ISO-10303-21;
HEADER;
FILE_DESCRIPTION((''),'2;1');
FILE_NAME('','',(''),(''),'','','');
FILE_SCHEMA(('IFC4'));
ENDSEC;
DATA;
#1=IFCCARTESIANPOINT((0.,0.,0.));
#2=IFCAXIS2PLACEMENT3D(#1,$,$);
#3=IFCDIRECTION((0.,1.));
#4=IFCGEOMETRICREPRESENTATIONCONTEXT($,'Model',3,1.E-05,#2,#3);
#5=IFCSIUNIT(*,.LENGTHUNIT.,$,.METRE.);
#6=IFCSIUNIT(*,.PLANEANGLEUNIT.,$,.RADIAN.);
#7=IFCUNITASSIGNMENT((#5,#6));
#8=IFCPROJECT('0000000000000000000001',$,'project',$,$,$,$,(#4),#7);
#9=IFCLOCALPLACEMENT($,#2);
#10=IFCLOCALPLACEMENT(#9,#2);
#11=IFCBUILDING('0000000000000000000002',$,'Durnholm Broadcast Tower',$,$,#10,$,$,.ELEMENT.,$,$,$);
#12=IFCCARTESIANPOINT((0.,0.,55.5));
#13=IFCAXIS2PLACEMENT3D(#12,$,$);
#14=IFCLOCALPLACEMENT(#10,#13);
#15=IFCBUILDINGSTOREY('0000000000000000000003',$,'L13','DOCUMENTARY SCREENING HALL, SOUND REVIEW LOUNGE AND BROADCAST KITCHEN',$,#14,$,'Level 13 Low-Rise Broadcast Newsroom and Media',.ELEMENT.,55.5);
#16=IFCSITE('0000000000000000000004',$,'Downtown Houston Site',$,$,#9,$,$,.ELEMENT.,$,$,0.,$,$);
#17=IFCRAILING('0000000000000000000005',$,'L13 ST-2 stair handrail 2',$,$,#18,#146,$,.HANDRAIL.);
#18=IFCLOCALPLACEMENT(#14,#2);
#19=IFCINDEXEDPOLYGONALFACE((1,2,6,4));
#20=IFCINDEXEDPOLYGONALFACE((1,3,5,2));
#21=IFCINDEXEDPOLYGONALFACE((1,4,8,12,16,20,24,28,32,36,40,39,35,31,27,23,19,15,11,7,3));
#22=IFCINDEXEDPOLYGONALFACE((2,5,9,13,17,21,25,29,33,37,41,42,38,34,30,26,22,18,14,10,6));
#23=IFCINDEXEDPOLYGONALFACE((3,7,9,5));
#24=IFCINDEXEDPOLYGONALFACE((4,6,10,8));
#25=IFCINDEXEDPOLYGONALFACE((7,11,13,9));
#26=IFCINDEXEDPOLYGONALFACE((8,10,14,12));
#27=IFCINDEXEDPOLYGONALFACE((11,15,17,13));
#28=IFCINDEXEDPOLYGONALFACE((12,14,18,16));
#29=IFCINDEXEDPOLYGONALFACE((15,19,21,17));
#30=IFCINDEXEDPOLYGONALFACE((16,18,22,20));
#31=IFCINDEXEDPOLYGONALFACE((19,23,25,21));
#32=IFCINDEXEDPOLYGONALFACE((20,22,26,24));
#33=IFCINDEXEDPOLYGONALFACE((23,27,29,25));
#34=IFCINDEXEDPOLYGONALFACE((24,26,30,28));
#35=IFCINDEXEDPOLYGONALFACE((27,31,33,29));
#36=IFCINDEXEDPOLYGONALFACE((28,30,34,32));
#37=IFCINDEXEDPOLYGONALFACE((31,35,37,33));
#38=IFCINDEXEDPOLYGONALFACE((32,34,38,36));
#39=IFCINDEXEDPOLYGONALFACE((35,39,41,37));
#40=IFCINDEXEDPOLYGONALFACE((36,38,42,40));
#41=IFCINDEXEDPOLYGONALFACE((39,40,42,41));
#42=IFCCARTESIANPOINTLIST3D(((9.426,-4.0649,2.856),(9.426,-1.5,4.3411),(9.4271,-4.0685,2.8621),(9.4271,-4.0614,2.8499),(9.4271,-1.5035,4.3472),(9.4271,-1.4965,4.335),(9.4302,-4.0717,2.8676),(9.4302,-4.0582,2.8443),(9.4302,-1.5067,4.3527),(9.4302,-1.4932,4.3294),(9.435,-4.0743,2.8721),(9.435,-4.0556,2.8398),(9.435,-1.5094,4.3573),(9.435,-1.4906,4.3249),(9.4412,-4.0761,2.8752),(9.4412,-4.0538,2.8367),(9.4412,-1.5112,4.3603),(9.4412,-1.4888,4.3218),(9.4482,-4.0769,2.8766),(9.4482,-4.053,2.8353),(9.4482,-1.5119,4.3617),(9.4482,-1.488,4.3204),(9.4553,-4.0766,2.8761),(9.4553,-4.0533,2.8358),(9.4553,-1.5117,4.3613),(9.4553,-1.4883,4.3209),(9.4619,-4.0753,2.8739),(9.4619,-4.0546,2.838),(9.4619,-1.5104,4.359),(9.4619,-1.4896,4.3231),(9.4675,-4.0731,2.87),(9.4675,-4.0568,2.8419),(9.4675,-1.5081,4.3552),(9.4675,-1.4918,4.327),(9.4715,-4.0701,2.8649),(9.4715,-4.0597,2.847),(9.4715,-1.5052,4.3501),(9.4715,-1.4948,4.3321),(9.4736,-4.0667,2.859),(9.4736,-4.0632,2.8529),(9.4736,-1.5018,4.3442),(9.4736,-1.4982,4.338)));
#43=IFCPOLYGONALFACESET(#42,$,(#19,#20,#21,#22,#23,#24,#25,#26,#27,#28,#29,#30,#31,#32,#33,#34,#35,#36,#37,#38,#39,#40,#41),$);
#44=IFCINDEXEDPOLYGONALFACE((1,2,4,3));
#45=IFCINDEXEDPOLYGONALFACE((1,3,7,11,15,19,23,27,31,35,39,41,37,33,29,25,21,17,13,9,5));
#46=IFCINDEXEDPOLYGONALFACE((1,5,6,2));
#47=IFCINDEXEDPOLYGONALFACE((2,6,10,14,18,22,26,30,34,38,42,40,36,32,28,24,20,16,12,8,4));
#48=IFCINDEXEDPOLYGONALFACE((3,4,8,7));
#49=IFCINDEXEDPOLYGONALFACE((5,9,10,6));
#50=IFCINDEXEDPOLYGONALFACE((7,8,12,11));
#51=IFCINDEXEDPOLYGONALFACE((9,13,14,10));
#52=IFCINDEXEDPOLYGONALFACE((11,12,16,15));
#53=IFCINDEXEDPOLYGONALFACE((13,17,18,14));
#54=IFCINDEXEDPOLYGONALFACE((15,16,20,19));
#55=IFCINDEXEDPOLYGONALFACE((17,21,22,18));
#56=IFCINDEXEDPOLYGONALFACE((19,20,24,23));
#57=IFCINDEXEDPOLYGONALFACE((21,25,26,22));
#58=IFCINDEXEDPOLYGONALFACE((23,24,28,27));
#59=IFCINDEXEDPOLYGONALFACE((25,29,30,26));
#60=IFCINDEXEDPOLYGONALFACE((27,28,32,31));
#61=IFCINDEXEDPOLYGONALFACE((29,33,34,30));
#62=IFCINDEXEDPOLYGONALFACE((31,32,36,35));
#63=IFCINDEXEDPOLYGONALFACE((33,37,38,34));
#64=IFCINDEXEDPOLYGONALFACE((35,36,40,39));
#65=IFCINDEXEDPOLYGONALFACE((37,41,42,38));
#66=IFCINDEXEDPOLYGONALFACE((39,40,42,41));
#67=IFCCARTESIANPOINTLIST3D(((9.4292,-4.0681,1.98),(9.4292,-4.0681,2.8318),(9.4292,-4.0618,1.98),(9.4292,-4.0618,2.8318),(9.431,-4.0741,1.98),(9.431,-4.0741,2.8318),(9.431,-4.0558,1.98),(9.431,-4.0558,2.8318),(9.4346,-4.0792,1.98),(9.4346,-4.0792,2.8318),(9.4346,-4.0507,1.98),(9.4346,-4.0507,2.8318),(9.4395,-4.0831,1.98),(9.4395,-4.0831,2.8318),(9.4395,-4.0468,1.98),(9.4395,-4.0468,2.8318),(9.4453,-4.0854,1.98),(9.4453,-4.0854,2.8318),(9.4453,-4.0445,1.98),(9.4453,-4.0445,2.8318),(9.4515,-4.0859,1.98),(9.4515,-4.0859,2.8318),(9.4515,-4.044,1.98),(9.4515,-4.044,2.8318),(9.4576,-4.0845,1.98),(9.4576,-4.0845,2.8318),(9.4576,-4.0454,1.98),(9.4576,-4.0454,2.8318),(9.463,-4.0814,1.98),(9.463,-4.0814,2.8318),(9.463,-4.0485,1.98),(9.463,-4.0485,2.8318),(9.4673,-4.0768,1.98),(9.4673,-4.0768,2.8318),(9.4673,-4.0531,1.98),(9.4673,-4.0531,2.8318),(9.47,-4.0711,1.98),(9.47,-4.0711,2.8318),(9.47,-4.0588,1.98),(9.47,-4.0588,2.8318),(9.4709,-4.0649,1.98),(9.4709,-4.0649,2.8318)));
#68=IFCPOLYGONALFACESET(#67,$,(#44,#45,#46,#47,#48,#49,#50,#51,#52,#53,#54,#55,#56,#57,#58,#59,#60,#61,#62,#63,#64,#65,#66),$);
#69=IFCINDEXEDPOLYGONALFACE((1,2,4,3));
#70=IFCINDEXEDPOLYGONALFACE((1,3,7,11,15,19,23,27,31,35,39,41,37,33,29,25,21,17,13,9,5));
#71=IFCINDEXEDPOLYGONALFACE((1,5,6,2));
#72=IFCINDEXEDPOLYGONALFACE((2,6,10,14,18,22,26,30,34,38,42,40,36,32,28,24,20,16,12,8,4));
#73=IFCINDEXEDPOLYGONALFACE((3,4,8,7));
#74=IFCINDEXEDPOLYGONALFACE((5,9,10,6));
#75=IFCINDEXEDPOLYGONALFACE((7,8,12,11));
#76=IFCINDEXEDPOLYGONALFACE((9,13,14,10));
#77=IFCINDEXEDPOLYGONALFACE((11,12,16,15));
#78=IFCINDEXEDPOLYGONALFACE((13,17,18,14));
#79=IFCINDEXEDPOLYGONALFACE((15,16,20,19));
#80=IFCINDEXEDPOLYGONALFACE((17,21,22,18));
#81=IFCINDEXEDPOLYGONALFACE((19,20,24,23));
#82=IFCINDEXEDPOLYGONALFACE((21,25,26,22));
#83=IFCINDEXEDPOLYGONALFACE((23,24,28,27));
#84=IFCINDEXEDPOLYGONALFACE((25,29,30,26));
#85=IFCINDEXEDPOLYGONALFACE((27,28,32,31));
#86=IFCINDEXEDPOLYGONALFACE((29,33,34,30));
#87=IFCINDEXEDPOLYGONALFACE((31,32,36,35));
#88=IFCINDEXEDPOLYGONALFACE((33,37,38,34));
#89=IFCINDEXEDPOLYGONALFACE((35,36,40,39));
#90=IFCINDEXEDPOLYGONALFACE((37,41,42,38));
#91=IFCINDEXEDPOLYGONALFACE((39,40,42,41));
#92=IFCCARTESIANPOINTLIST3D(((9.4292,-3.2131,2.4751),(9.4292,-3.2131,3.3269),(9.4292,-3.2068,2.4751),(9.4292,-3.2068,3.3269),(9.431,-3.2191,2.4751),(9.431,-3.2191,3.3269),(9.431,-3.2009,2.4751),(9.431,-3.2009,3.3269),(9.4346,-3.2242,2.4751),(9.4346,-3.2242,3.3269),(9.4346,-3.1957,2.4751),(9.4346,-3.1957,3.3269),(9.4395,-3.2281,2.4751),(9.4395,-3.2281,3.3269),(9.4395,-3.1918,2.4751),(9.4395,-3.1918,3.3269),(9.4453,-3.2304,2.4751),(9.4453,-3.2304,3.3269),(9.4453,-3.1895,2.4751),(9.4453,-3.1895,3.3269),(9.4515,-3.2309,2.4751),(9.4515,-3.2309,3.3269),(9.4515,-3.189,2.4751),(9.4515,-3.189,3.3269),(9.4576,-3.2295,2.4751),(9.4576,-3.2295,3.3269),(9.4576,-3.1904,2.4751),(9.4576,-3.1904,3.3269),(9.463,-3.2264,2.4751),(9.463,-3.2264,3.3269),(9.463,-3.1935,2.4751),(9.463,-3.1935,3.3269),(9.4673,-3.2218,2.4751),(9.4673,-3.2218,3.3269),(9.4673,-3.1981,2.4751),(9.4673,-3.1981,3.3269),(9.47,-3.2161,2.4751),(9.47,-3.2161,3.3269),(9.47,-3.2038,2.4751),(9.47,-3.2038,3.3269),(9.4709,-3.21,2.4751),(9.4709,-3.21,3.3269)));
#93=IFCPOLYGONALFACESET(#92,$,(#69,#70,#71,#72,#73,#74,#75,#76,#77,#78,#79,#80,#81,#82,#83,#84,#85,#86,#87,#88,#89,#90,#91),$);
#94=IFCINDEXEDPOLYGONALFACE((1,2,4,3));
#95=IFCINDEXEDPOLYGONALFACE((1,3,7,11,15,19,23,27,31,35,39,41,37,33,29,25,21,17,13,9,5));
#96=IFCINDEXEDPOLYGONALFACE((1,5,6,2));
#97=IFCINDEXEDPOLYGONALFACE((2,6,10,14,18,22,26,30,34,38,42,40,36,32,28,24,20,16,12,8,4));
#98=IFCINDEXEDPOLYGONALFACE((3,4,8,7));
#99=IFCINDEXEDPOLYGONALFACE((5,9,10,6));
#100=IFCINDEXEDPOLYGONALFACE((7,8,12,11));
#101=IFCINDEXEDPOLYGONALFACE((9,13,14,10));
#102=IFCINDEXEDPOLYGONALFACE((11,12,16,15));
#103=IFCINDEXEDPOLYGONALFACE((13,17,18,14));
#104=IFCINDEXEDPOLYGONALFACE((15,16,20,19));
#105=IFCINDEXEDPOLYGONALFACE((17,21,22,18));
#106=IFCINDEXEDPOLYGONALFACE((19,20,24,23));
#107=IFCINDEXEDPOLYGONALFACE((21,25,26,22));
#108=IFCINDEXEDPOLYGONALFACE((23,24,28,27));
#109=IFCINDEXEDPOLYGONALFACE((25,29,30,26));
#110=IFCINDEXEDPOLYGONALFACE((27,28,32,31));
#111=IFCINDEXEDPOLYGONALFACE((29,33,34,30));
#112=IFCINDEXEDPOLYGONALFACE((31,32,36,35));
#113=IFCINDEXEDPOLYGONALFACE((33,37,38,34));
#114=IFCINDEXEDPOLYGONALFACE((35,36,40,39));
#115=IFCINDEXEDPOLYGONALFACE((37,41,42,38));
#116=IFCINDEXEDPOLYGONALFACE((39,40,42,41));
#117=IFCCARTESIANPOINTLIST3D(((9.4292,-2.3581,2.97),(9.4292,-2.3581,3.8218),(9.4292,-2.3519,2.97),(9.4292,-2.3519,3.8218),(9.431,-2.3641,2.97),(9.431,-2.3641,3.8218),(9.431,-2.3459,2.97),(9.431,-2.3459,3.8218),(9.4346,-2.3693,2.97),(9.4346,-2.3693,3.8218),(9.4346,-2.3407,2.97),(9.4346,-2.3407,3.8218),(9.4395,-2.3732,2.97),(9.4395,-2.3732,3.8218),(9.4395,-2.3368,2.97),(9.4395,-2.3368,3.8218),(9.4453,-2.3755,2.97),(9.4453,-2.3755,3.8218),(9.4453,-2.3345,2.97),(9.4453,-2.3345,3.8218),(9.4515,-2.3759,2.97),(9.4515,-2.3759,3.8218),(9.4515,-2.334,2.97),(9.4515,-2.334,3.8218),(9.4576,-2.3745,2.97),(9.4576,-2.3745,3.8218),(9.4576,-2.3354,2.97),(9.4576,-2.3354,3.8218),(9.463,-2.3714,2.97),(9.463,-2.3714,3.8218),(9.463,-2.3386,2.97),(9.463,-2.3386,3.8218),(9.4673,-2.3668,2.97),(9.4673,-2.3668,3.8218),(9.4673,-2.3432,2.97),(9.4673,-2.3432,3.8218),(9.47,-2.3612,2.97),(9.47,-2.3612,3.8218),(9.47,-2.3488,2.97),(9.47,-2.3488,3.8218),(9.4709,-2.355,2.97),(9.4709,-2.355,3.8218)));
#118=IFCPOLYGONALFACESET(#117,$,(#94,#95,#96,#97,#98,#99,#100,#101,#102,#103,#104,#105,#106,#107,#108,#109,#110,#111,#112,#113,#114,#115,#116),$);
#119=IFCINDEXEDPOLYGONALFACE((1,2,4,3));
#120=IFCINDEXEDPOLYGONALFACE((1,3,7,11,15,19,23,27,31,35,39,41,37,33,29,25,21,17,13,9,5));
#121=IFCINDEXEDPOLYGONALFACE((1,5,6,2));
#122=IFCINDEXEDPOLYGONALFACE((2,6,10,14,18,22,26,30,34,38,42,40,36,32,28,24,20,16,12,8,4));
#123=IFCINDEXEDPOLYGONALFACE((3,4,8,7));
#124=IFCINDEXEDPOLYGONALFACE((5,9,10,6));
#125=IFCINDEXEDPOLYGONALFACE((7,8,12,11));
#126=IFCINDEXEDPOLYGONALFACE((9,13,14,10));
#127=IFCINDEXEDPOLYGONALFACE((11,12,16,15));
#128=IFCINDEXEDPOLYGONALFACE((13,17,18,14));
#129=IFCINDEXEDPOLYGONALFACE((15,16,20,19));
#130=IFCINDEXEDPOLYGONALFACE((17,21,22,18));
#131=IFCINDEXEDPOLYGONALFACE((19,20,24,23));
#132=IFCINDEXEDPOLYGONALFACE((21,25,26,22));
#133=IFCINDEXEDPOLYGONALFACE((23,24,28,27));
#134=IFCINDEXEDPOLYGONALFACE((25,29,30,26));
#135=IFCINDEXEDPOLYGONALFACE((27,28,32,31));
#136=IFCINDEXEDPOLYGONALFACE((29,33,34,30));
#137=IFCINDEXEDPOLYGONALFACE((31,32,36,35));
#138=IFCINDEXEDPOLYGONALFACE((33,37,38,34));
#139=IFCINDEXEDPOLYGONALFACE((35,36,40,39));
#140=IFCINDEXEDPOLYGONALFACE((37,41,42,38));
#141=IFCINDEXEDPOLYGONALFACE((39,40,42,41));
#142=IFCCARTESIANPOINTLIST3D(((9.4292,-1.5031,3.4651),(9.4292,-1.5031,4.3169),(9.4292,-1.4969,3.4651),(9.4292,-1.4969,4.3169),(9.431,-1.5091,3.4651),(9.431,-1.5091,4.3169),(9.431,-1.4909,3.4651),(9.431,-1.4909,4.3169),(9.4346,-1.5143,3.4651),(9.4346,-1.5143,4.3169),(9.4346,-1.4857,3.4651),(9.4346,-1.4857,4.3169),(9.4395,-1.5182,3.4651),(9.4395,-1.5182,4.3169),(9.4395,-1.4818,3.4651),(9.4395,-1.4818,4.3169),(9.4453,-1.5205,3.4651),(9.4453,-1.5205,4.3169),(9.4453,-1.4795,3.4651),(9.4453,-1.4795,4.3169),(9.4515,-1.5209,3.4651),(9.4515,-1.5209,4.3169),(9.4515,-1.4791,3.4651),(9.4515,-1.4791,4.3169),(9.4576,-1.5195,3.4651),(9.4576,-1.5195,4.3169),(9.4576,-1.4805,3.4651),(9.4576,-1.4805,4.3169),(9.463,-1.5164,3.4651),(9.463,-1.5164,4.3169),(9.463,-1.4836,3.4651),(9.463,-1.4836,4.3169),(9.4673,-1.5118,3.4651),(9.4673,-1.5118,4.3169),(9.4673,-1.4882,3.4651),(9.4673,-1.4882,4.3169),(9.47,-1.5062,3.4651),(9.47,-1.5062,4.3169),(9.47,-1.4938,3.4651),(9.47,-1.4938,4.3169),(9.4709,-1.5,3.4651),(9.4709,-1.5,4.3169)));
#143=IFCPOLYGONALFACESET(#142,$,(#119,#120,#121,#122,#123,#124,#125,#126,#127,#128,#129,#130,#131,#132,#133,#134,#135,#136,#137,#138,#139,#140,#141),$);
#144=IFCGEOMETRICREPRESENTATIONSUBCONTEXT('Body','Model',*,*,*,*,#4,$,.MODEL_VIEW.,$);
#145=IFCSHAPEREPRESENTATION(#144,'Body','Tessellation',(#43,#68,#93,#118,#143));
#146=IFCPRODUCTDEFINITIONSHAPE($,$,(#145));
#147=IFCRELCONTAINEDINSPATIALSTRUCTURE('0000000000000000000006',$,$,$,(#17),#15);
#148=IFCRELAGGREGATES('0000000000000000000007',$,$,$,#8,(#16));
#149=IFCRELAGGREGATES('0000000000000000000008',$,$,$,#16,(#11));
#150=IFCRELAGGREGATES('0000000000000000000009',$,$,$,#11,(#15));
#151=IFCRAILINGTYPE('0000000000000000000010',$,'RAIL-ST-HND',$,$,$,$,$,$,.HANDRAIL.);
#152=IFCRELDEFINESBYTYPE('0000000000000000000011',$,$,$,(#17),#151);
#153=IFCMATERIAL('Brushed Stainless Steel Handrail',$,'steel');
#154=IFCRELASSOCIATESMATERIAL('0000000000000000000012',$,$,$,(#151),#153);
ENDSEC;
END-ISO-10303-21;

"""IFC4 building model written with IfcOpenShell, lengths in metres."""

from ifc_helpers import new_model, si_unit, direction, frame, origin, origin_2d, place, context, subcontext, project, spatial, circle, extrude, material, type_object, element, save


model = new_model("IFC4")

# Units and contexts
model_context = context("Model", 3, precision=1e-05, world=origin(), true_north=direction((0.0, 1.0)))
body_context = subcontext(model_context, "Body", "Model", "MODEL_VIEW")
ifc_project = project(units=[si_unit("LENGTHUNIT", "METRE"), si_unit("PLANEANGLEUNIT", "RADIAN")], contexts=[model_context])

# Site, building, storey
site_placement = place(None, origin())
site = spatial("IfcSite", under=ifc_project, at=site_placement, Name="Downtown Houston Site", CompositionType="ELEMENT", RefElevation=0.0)
building_placement = place(site_placement, origin())
building = spatial("IfcBuilding", under=site, at=building_placement, Name="Durnholm Broadcast Tower", CompositionType="ELEMENT")
storey_placement = place(building_placement, frame((0.0, 0.0, 55.5)))
storey = spatial("IfcBuildingStorey", under=building, at=storey_placement, Name="L13", Description="DOCUMENTARY SCREENING HALL, SOUND REVIEW LOUNGE AND BROADCAST KITCHEN", LongName="Level 13 Low-Rise Broadcast Newsroom and Media", CompositionType="ELEMENT", Elevation=55.5)

# Railing
ifc_material_1 = material(Name="Brushed Stainless Steel Handrail", Category="steel")
railing_type_1 = type_object("IfcRailingType", Name="RAIL-ST-HND", PredefinedType="HANDRAIL", material=ifc_material_1)
railing_1_placement = place(storey_placement, frame((9.45, -4.0649, 1.98)))
element("IfcRailing", 1, at=railing_1_placement, inside=storey, type_object=railing_type_1, Name="L13 ST-2 stair handrail 2", PredefinedType="HANDRAIL", context=body_context, shape_type="SweptSolid", body=[
    extrude(circle(Radius=0.0239, at=origin_2d()), frame((0.0, 0.0, 0.876), z_axis=(0.0, 0.865406, 0.501072), x_axis=(-1.0, 0.0, 0.0)), (0.0, 0.0, 1.0), 2.9639),
    extrude(circle(Radius=0.021, at=origin_2d()), origin(), (0.0, 0.0, 1.0), 0.8518),
    extrude(circle(Radius=0.021, at=origin_2d()), frame((0.0, 0.855, 0.4951)), (0.0, 0.0, 1.0), 0.8518),
    extrude(circle(Radius=0.021, at=origin_2d()), frame((0.0, 1.71, 0.99)), (0.0, 0.0, 1.0), 0.8518),
    extrude(circle(Radius=0.021, at=origin_2d()), frame((0.0, 2.5649, 1.4851)), (0.0, 0.0, 1.0), 0.8518),
])

save(model, "model.ifc")
